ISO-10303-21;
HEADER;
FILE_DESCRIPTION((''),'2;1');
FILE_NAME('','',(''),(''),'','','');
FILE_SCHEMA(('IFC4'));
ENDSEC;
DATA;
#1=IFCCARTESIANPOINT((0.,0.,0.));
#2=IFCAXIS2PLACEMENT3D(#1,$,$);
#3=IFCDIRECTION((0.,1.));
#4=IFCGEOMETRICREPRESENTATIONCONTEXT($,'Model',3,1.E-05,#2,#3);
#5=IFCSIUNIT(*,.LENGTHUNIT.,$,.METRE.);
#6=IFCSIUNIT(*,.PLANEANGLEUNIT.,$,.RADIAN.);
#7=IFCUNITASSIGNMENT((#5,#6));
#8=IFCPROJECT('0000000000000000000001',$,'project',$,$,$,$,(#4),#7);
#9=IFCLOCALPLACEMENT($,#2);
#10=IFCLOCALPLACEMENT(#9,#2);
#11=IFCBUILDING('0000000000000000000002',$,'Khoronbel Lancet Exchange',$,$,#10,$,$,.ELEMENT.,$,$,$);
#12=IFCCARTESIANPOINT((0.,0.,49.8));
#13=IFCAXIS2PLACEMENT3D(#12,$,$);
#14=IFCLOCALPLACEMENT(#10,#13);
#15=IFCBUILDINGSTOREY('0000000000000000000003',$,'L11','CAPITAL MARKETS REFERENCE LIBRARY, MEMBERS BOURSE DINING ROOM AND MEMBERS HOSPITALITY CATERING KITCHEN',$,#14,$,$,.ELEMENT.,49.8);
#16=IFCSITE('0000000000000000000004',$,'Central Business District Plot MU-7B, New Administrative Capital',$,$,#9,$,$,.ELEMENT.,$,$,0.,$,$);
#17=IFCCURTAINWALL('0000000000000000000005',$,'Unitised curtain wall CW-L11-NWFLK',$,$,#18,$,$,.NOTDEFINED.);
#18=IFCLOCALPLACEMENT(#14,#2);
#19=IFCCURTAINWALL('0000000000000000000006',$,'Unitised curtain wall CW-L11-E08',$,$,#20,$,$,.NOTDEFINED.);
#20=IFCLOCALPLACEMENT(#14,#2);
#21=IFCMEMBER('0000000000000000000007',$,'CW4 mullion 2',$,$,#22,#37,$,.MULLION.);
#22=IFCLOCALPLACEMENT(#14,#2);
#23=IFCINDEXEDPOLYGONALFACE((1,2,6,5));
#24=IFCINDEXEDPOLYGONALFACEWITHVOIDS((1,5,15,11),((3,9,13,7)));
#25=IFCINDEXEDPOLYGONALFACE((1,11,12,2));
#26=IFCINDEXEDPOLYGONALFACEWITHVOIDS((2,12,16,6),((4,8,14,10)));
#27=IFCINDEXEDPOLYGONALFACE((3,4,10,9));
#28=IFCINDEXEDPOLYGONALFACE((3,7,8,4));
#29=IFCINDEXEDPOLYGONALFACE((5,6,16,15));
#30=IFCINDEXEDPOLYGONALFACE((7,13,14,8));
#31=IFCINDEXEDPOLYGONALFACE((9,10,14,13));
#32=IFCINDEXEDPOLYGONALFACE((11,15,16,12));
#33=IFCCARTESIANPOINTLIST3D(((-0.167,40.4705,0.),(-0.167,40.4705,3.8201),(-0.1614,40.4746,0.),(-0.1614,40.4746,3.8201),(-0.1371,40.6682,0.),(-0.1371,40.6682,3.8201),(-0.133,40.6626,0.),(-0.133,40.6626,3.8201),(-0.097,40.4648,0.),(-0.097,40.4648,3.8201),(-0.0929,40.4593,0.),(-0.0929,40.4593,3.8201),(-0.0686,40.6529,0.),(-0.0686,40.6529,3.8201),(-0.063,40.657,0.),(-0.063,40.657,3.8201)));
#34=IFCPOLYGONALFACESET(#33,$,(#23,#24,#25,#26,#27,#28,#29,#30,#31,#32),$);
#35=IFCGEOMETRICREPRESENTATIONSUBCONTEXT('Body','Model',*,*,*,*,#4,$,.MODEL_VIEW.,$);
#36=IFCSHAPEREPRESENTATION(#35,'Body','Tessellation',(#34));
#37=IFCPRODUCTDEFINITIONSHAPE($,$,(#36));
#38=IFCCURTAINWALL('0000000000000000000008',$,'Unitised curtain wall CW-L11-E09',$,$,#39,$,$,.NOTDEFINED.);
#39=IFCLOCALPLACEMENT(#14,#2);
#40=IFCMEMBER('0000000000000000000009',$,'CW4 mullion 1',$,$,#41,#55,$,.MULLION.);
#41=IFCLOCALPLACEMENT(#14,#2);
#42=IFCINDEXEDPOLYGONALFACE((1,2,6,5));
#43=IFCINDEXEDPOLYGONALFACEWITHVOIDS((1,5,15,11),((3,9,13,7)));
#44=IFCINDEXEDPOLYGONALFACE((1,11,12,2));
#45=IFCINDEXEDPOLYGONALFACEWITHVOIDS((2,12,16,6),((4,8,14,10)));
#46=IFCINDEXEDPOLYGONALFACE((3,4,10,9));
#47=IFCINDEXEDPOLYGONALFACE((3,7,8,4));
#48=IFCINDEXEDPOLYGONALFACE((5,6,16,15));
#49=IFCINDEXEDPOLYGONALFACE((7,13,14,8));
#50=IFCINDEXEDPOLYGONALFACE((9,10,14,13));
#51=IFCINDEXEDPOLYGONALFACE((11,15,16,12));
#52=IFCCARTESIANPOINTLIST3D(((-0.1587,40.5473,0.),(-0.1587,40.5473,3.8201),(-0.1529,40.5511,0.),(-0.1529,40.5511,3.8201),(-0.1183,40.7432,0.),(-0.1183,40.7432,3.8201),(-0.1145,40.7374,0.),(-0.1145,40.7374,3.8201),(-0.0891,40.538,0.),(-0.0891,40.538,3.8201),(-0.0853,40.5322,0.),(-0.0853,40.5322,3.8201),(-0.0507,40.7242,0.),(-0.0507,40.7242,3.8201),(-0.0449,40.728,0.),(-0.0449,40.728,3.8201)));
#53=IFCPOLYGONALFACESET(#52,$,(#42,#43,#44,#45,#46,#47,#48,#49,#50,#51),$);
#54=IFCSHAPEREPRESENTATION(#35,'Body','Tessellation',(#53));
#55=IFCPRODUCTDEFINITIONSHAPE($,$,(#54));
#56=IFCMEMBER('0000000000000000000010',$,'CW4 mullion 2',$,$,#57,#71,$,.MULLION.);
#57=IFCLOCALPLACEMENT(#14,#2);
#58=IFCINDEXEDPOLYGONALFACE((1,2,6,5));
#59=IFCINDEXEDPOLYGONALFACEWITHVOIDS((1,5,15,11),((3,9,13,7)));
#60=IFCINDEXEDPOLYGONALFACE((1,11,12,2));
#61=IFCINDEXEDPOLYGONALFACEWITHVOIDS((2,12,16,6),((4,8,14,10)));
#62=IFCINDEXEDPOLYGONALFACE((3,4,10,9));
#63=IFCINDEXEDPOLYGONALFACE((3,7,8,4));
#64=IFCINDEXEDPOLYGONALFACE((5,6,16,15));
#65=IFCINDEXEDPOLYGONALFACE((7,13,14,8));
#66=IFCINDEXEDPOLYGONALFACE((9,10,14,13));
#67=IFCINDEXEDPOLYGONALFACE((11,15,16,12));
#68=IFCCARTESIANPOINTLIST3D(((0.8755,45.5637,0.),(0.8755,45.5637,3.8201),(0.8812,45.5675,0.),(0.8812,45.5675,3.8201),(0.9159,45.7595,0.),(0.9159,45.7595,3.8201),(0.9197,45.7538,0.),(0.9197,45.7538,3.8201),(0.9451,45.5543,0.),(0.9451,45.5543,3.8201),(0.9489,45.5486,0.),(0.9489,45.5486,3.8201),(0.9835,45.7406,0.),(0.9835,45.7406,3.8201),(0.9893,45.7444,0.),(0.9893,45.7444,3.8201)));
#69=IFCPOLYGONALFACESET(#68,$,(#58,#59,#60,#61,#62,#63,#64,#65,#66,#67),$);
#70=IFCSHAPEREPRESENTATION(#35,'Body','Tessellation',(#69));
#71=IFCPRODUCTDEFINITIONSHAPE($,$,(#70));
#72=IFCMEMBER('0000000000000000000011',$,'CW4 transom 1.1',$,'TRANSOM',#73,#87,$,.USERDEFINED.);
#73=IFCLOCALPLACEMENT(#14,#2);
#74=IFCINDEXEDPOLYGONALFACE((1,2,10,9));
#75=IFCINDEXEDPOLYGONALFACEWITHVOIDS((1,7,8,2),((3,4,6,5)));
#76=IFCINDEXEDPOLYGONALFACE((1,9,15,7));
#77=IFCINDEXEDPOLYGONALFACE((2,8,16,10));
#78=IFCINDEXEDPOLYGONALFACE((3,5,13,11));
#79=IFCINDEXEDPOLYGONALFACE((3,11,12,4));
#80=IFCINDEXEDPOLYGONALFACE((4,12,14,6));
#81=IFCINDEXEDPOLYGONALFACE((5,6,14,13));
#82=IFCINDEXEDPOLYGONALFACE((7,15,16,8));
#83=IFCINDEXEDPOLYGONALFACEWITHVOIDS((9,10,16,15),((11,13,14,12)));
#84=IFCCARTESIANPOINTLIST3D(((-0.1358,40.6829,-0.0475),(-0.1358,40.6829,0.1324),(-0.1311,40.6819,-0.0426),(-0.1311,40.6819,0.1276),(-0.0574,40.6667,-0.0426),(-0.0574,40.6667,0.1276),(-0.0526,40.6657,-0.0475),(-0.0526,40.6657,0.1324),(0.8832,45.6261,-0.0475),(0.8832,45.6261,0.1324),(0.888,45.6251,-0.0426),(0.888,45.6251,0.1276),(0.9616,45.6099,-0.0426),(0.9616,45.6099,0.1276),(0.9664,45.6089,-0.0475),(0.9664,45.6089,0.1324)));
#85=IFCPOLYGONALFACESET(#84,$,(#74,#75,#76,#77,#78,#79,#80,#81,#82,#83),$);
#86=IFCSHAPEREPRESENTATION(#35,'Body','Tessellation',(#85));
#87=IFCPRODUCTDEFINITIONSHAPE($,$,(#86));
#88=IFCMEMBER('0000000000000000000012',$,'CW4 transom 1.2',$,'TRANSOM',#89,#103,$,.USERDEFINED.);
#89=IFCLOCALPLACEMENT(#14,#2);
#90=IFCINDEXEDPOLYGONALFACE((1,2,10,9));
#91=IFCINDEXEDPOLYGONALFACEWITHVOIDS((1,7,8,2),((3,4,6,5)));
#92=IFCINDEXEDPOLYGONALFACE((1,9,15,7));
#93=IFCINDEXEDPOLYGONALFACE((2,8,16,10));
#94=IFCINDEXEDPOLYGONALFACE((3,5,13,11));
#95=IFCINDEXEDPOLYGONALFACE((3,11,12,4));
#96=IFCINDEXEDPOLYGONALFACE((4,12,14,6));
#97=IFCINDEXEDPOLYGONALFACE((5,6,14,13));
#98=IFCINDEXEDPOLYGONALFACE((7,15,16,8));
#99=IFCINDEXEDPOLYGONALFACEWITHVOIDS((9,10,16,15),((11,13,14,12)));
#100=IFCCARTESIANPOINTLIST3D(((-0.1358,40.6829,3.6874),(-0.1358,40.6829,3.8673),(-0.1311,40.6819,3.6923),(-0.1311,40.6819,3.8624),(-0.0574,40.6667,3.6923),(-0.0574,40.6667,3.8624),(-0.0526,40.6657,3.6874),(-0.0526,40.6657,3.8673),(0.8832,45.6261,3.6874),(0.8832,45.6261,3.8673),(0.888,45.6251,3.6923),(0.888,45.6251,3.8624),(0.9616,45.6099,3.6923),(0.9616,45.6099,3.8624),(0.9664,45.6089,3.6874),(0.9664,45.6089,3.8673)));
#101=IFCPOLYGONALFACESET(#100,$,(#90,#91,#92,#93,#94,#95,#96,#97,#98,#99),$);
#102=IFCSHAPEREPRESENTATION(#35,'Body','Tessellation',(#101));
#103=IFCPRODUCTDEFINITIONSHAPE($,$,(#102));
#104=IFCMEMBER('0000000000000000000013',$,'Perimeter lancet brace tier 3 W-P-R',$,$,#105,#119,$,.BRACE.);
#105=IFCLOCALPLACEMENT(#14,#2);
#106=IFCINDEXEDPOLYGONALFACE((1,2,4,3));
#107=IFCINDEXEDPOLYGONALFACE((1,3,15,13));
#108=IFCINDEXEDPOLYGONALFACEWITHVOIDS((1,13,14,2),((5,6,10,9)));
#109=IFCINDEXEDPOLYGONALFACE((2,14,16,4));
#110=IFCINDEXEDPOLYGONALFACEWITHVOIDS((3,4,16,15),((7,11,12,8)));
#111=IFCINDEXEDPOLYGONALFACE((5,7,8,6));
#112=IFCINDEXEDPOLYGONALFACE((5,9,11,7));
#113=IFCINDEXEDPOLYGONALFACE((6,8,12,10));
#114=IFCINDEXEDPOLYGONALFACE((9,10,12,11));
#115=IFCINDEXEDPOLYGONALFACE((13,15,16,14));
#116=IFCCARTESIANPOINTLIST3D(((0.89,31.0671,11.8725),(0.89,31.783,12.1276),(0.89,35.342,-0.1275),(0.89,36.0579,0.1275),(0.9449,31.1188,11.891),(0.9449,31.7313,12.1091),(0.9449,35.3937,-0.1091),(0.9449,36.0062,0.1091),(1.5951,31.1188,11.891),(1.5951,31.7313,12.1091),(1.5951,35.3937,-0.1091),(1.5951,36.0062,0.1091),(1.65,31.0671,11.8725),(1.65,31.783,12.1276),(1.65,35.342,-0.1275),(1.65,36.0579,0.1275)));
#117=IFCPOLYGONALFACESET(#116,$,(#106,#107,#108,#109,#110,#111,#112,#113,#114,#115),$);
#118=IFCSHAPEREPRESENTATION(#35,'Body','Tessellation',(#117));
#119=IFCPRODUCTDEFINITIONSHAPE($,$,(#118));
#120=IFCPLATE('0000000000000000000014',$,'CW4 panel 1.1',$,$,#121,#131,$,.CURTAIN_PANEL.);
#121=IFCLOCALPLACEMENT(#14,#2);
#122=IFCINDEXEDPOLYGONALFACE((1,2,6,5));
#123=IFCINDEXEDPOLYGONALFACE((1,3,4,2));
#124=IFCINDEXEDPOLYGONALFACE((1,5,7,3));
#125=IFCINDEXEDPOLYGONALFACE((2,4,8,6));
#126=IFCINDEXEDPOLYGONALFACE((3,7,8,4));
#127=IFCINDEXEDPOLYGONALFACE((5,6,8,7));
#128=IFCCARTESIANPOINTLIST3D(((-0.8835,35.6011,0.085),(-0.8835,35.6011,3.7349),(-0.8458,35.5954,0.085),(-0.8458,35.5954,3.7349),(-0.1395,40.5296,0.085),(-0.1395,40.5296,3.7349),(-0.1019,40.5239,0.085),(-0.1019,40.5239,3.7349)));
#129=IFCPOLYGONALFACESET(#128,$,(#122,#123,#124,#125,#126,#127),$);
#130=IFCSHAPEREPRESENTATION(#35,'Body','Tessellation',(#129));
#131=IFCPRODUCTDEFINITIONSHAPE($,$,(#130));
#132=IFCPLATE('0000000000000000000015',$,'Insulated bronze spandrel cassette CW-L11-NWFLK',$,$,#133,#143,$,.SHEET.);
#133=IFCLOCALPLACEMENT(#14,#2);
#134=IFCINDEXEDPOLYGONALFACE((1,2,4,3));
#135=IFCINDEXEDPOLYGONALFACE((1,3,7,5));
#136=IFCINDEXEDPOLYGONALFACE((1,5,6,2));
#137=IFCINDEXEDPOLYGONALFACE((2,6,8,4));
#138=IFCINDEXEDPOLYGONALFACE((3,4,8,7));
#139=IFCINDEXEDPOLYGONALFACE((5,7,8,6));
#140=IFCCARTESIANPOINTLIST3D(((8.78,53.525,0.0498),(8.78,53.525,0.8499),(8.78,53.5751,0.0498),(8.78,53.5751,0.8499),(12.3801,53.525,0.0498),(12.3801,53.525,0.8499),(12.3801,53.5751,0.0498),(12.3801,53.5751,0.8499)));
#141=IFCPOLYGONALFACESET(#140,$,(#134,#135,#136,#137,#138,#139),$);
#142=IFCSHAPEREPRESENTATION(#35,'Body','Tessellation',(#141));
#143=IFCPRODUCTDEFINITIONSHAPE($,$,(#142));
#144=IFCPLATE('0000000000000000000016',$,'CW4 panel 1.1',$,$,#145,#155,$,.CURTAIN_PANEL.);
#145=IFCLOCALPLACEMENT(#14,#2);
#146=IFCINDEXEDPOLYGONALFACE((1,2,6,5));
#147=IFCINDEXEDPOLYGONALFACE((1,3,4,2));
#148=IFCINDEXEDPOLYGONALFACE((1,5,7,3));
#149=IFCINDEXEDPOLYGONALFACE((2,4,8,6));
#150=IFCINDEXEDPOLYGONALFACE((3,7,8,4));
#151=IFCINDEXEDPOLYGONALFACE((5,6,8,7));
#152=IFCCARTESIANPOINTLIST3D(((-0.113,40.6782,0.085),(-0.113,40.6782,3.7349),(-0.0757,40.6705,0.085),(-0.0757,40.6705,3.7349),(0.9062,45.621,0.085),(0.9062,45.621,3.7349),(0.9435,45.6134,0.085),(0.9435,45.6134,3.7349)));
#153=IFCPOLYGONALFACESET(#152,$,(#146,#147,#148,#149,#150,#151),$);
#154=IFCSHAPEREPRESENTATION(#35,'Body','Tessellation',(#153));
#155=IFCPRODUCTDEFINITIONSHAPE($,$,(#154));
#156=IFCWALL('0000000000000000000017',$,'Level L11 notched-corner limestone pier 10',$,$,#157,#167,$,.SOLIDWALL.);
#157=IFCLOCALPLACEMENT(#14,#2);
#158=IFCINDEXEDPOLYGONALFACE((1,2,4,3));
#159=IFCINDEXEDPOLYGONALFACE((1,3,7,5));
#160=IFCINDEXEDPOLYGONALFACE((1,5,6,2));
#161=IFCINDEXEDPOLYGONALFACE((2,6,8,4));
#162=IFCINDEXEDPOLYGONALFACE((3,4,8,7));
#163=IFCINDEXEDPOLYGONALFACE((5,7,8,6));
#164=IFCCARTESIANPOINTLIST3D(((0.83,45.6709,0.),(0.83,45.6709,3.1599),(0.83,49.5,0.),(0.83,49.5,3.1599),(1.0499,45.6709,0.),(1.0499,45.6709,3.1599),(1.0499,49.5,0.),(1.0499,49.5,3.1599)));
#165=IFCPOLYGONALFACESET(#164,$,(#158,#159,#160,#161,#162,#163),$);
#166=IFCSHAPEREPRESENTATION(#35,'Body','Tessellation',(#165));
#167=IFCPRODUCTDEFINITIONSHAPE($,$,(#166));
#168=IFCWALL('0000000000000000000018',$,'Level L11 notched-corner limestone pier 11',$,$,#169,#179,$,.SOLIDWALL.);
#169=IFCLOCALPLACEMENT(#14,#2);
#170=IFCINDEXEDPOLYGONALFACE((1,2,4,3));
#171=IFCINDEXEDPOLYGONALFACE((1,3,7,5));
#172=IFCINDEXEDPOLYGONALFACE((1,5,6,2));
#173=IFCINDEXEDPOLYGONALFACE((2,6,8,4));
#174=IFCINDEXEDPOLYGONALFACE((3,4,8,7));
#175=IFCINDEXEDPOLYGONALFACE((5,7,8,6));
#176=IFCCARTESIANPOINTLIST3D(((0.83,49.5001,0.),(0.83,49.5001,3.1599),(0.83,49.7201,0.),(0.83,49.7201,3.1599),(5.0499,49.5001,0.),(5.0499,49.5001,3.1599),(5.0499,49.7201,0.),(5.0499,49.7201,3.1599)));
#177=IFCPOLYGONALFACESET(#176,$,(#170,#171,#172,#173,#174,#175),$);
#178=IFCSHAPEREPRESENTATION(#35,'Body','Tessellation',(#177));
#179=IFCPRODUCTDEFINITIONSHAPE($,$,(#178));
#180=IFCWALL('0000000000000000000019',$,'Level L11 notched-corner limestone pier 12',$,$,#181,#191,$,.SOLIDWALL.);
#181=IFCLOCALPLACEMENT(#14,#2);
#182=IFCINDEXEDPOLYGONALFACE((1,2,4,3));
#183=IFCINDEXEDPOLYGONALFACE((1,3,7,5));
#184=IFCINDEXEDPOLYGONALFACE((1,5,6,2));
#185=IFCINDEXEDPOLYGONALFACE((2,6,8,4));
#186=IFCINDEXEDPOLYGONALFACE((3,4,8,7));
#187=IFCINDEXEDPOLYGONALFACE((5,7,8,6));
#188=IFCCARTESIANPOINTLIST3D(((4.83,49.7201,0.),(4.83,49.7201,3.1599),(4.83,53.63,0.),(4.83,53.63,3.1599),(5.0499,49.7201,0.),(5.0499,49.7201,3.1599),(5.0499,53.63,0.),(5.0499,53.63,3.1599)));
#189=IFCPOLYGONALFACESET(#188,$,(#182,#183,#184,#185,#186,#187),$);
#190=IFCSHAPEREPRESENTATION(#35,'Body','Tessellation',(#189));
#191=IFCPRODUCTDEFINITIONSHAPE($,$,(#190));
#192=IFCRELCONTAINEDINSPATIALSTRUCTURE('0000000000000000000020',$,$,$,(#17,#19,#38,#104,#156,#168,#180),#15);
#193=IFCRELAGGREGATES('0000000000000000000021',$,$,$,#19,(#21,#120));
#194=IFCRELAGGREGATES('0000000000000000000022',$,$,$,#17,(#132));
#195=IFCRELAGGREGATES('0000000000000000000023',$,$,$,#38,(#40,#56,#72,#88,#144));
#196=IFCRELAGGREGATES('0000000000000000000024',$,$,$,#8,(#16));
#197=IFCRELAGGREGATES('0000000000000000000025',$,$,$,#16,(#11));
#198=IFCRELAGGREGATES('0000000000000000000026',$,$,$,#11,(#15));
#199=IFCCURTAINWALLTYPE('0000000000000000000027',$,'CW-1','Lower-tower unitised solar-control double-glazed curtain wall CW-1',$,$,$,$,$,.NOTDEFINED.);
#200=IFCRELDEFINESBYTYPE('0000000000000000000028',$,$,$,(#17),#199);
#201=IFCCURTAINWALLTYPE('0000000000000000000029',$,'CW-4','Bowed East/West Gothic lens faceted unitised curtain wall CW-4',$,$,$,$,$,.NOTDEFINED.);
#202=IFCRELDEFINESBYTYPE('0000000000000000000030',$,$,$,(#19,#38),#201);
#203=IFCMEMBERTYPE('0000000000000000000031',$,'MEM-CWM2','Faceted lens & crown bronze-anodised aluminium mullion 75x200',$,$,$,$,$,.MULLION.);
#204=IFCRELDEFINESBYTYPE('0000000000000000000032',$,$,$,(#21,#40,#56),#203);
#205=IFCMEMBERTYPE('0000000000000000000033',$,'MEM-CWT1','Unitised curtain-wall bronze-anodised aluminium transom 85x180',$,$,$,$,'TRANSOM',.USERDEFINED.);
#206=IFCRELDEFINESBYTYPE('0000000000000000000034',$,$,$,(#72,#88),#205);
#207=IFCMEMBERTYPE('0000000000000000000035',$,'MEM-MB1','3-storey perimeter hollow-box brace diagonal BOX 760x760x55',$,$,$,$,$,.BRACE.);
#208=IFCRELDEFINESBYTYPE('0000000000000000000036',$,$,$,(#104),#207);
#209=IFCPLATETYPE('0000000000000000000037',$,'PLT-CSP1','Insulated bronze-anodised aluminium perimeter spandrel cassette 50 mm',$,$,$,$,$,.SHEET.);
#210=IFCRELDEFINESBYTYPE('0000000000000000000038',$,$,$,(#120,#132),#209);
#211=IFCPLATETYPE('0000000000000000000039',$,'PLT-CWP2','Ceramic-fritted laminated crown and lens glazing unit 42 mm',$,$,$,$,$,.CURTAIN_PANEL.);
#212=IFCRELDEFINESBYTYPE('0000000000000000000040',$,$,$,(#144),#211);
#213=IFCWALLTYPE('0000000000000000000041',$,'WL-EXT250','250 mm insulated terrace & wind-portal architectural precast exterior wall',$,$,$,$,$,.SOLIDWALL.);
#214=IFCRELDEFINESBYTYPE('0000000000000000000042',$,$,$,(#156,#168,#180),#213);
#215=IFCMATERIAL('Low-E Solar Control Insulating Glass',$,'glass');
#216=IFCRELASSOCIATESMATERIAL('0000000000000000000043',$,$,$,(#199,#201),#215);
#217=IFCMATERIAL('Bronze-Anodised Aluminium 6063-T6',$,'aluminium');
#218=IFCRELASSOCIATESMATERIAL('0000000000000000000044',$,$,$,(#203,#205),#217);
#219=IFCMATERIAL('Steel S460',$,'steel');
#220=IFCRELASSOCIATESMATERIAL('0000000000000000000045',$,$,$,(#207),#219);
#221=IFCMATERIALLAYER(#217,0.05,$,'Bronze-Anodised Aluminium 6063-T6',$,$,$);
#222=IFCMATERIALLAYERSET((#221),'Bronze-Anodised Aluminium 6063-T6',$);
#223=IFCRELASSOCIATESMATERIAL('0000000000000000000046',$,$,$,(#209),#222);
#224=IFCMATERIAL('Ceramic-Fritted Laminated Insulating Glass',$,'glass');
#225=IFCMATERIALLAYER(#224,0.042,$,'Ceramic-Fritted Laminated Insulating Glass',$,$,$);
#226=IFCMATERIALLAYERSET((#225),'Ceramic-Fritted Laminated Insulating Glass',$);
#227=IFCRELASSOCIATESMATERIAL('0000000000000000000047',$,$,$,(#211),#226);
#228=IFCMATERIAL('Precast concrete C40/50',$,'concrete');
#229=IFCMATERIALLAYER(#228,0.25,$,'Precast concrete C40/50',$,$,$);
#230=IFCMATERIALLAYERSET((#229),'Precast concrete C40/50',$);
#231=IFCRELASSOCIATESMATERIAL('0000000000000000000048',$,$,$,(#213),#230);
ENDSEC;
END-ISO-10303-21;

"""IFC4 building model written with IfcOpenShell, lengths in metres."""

from ifc_helpers import new_model, si_unit, direction, frame, frame_2d, origin, origin_2d, place, context, subcontext, project, spatial, rectangle, hollow_rectangle, extrude, material, layer, layer_set, material_profile, profile_set, type_object, element, aggregate, save


model = new_model("IFC4")

# Units and contexts
model_context = context("Model", 3, precision=1e-05, world=origin(), true_north=direction((0.0, 1.0)))
body_context = subcontext(model_context, "Body", "Model", "MODEL_VIEW")
ifc_project = project(units=[si_unit("LENGTHUNIT", "METRE"), si_unit("PLANEANGLEUNIT", "RADIAN")], contexts=[model_context])

# Site, building, storey
site_placement = place(None, origin())
site = spatial("IfcSite", under=ifc_project, at=site_placement, Name="Central Business District Plot MU-7B, New Administrative Capital", CompositionType="ELEMENT", RefElevation=0.0)
building_placement = place(site_placement, origin())
building = spatial("IfcBuilding", under=site, at=building_placement, Name="Khoronbel Lancet Exchange", CompositionType="ELEMENT")
storey_placement = place(building_placement, frame((0.0, 0.0, 49.8)))
storey = spatial("IfcBuildingStorey", under=building, at=storey_placement, Name="L11", Description="CAPITAL MARKETS REFERENCE LIBRARY, MEMBERS BOURSE DINING ROOM AND MEMBERS HOSPITALITY CATERING KITCHEN", CompositionType="ELEMENT", Elevation=49.8)

# Shared definitions
ifc_material_1 = material(Name="Steel S460", Category="steel")

# Curtain walls, member
ifc_material_2 = material(Name="Low-E Solar Control Insulating Glass", Category="glass")
curtain_wall_type_1 = type_object("IfcCurtainWallType", Name="CW-1", Description="Lower-tower unitised solar-control double-glazed curtain wall CW-1", PredefinedType="NOTDEFINED", material=ifc_material_2)
curtain_wall_1_placement = place(storey_placement, origin())
curtain_wall_1 = element("IfcCurtainWall", 1, at=curtain_wall_1_placement, inside=storey, type_object=curtain_wall_type_1, Name="Unitised curtain wall CW-L11-NWFLK", PredefinedType="NOTDEFINED")
ifc_material_3 = material(Name="Bronze-Anodised Aluminium 6063-T6", Category="aluminium")
curtain_wall_type_2 = type_object("IfcCurtainWallType", Name="CW-4", Description="Bowed East/West Gothic lens faceted unitised curtain wall CW-4", PredefinedType="NOTDEFINED", material=ifc_material_2)
curtain_wall_2_placement = place(storey_placement, origin())
curtain_wall_2 = element("IfcCurtainWall", 2, at=curtain_wall_2_placement, inside=storey, type_object=curtain_wall_type_2, Name="Unitised curtain wall CW-L11-E08", PredefinedType="NOTDEFINED")
ifc_material_profile_1 = material_profile(ifc_material_3, hollow_rectangle(XDim=0.075, YDim=0.2, WallThickness=0.0049, at=origin_2d()), Name="ALU MULLION 75x200")
ifc_profile_set_1 = profile_set([ifc_material_profile_1], Name="Bronze-Anodised Aluminium 6063-T6")
member_type_1 = type_object("IfcMemberType", Name="MEM-CWM2", Description="Faceted lens & crown bronze-anodised aluminium mullion 75x200", PredefinedType="MULLION", material=ifc_profile_set_1)
member_1_placement = place(storey_placement, frame((-0.115, 40.5637, 0.0), z_axis=(0.0, 0.0, 1.0), x_axis=(-0.988799, 0.149251, 0.0)))
member_1 = element("IfcMember", 3, at=member_1_placement, type_object=member_type_1, Name="CW4 mullion 2", PredefinedType="MULLION", context=body_context, shape_type="SweptSolid", body=[
    extrude(hollow_rectangle(XDim=0.075, YDim=0.2, WallThickness=0.0049, at=origin_2d()), origin(), (0.0, 0.0, 1.0), 3.8201),
])

# Curtain wall, members
curtain_wall_3_placement = place(storey_placement, origin())
curtain_wall_3 = element("IfcCurtainWall", 4, at=curtain_wall_3_placement, inside=storey, type_object=curtain_wall_type_2, Name="Unitised curtain wall CW-L11-E09", PredefinedType="NOTDEFINED")
member_2_placement = place(storey_placement, frame((-0.1018, 40.6377, 0.0), z_axis=(0.0, 0.0, 1.0), x_axis=(-0.979397, 0.201944, 0.0)))
member_2 = element("IfcMember", 5, at=member_2_placement, type_object=member_type_1, Name="CW4 mullion 1", PredefinedType="MULLION", context=body_context, shape_type="SweptSolid", body=[
    extrude(hollow_rectangle(XDim=0.075, YDim=0.2, WallThickness=0.0049, at=origin_2d()), origin(), (0.0, 0.0, 1.0), 3.8201),
])
member_3_placement = place(storey_placement, frame((0.9324, 45.6541, 0.0), z_axis=(0.0, 0.0, 1.0), x_axis=(-0.979397, 0.201944, 0.0)))
member_3 = element("IfcMember", 6, at=member_3_placement, type_object=member_type_1, Name="CW4 mullion 2", PredefinedType="MULLION", context=body_context, shape_type="SweptSolid", body=[
    extrude(hollow_rectangle(XDim=0.075, YDim=0.2, WallThickness=0.0049, at=origin_2d()), origin(), (0.0, 0.0, 1.0), 3.8201),
])
ifc_material_profile_2 = material_profile(ifc_material_3, hollow_rectangle(XDim=0.085, YDim=0.1799, WallThickness=0.0049, at=origin_2d()), Name="ALU TRANSOM 85x180")
ifc_profile_set_2 = profile_set([ifc_material_profile_2], Name="Bronze-Anodised Aluminium 6063-T6")
member_type_2 = type_object("IfcMemberType", Name="MEM-CWT1", Description="Unitised curtain-wall bronze-anodised aluminium transom 85x180", ElementType="TRANSOM", PredefinedType="USERDEFINED", material=ifc_profile_set_2)
member_4_placement = place(storey_placement, frame((-0.0942, 40.6743, 0.0425), z_axis=(0.201908, 0.979404, 0.0), x_axis=(-0.979404, 0.201908, 0.0)))
member_4 = element("IfcMember", 7, at=member_4_placement, type_object=member_type_2, Name="CW4 transom 1.1", ObjectType="TRANSOM", PredefinedType="USERDEFINED", context=body_context, shape_type="SweptSolid", body=[
    extrude(hollow_rectangle(XDim=0.085, YDim=0.1799, WallThickness=0.0049, at=origin_2d()), origin(), (0.0, 0.0, 1.0), 5.0471),
])
member_5_placement = place(storey_placement, frame((-0.0942, 40.6743, 3.7773), z_axis=(0.201908, 0.979404, 0.0), x_axis=(-0.979404, 0.201908, 0.0)))
member_5 = element("IfcMember", 8, at=member_5_placement, type_object=member_type_2, Name="CW4 transom 1.2", ObjectType="TRANSOM", PredefinedType="USERDEFINED", context=body_context, shape_type="SweptSolid", body=[
    extrude(hollow_rectangle(XDim=0.085, YDim=0.1799, WallThickness=0.0049, at=origin_2d()), origin(), (0.0, 0.0, 1.0), 5.0471),
])

# Member
ifc_material_profile_3 = material_profile(ifc_material_1, hollow_rectangle(XDim=0.76, YDim=0.76, WallThickness=0.0549, at=origin_2d()), Name="BOX 760x760x55")
ifc_profile_set_3 = profile_set([ifc_material_profile_3], Name="Steel S460")
member_type_3 = type_object("IfcMemberType", Name="MEM-MB1", Description="3-storey perimeter hollow-box brace diagonal BOX 760x760x55", PredefinedType="BRACE", material=ifc_profile_set_3)
member_6_placement = place(storey_placement, frame((1.27, 35.7, 0.0), z_axis=(0.0, -0.335584, 0.94201), x_axis=(1.0, 0.0, 0.0)))
element("IfcMember", 9, at=member_6_placement, inside=storey, type_object=member_type_3, Name="Perimeter lancet brace tier 3 W-P-R", PredefinedType="BRACE", context=body_context, shape_type="SweptSolid", body=[
    extrude(hollow_rectangle(XDim=0.76, YDim=0.76, WallThickness=0.0549, at=origin_2d()), origin(), (0.0, 0.0, 1.0), 12.7388),
])

# Plates
ifc_layer_1 = layer(ifc_material_3, 0.05, Name="Bronze-Anodised Aluminium 6063-T6")
ifc_layer_set_1 = layer_set([ifc_layer_1], Name="Bronze-Anodised Aluminium 6063-T6")
plate_type_1 = type_object("IfcPlateType", Name="PLT-CSP1", Description="Insulated bronze-anodised aluminium perimeter spandrel cassette 50 mm", PredefinedType="SHEET", material=ifc_layer_set_1)
plate_1_placement = place(storey_placement, frame((-0.4927, 38.0625, 0.085), z_axis=(0.0, 0.0, 1.0), x_axis=(0.149251, 0.988799, 0.0)))
plate_1 = element("IfcPlate", 10, at=plate_1_placement, type_object=plate_type_1, Name="CW4 panel 1.1", PredefinedType="CURTAIN_PANEL", context=body_context, shape_type="SweptSolid", body=[
    extrude(rectangle(XDim=4.9844, YDim=0.0381, at=origin_2d()), origin(), (0.0, 0.0, 1.0), 3.6499),
])
aggregate(curtain_wall_2, [member_1, plate_1])
plate_2_placement = place(storey_placement, frame((10.5801, 53.55, 0.0498), z_axis=(0.0, 0.0, 1.0), x_axis=(-1.0, 0.0, 0.0)))
plate_2 = element("IfcPlate", 11, at=plate_2_placement, type_object=plate_type_1, Name="Insulated bronze spandrel cassette CW-L11-NWFLK", PredefinedType="SHEET", context=body_context, shape_type="SweptSolid", body=[
    extrude(rectangle(XDim=3.6001, YDim=0.05, at=origin_2d()), origin(), (0.0, 0.0, 1.0), 0.8),
])
aggregate(curtain_wall_1, [plate_2])
ifc_material_4 = material(Name="Ceramic-Fritted Laminated Insulating Glass", Category="glass")
ifc_layer_2 = layer(ifc_material_4, 0.042, Name="Ceramic-Fritted Laminated Insulating Glass")
ifc_layer_set_2 = layer_set([ifc_layer_2], Name="Ceramic-Fritted Laminated Insulating Glass")
plate_type_2 = type_object("IfcPlateType", Name="PLT-CWP2", Description="Ceramic-fritted laminated crown and lens glazing unit 42 mm", PredefinedType="CURTAIN_PANEL", material=ifc_layer_set_2)
plate_3_placement = place(storey_placement, frame((0.4153, 43.1458, 0.085), z_axis=(0.0, 0.0, 1.0), x_axis=(0.201944, 0.979397, 0.0)))
plate_3 = element("IfcPlate", 12, at=plate_3_placement, type_object=plate_type_2, Name="CW4 panel 1.1", PredefinedType="CURTAIN_PANEL", context=body_context, shape_type="SweptSolid", body=[
    extrude(rectangle(XDim=5.0469, YDim=0.0381, at=origin_2d()), origin(), (0.0, 0.0, 1.0), 3.6499),
])
aggregate(curtain_wall_3, [member_2, member_3, member_4, member_5, plate_3])

# Walls
ifc_material_5 = material(Name="Precast concrete C40/50", Category="concrete")
ifc_layer_3 = layer(ifc_material_5, 0.25, Name="Precast concrete C40/50")
ifc_layer_set_3 = layer_set([ifc_layer_3], Name="Precast concrete C40/50")
wall_type_1 = type_object("IfcWallType", Name="WL-EXT250", Description="250 mm insulated terrace & wind-portal architectural precast exterior wall", PredefinedType="SOLIDWALL", material=ifc_layer_set_3)
wall_1_placement = place(storey_placement, frame((0.9399, 45.6709, 0.0), z_axis=(0.0, 0.0, 1.0), x_axis=(0.0, 1.0, 0.0)))
element("IfcWall", 13, at=wall_1_placement, inside=storey, type_object=wall_type_1, Name="Level L11 notched-corner limestone pier 10", PredefinedType="SOLIDWALL", context=body_context, shape_type="SweptSolid", body=[
    extrude(rectangle(XDim=3.8291, YDim=0.22, at=frame_2d((1.9146, 0.0))), origin(), (0.0, 0.0, 1.0), 3.1599),
])
wall_2_placement = place(storey_placement, frame((0.8301, 49.6101, 0.0), z_axis=(0.0, 0.0, 1.0), x_axis=(1.0, 0.0, 0.0)))
element("IfcWall", 14, at=wall_2_placement, inside=storey, type_object=wall_type_1, Name="Level L11 notched-corner limestone pier 11", PredefinedType="SOLIDWALL", context=body_context, shape_type="SweptSolid", body=[
    extrude(rectangle(XDim=4.22, YDim=0.22, at=frame_2d((2.1099, 0.0))), origin(), (0.0, 0.0, 1.0), 3.1599),
])
wall_3_placement = place(storey_placement, frame((4.9399, 49.72, 0.0), z_axis=(0.0, 0.0, 1.0), x_axis=(0.0, 1.0, 0.0)))
element("IfcWall", 15, at=wall_3_placement, inside=storey, type_object=wall_type_1, Name="Level L11 notched-corner limestone pier 12", PredefinedType="SOLIDWALL", context=body_context, shape_type="SweptSolid", body=[
    extrude(rectangle(XDim=3.9099, YDim=0.22, at=frame_2d((1.9551, 0.0))), origin(), (0.0, 0.0, 1.0), 3.1599),
])

save(model, "model.ifc")
